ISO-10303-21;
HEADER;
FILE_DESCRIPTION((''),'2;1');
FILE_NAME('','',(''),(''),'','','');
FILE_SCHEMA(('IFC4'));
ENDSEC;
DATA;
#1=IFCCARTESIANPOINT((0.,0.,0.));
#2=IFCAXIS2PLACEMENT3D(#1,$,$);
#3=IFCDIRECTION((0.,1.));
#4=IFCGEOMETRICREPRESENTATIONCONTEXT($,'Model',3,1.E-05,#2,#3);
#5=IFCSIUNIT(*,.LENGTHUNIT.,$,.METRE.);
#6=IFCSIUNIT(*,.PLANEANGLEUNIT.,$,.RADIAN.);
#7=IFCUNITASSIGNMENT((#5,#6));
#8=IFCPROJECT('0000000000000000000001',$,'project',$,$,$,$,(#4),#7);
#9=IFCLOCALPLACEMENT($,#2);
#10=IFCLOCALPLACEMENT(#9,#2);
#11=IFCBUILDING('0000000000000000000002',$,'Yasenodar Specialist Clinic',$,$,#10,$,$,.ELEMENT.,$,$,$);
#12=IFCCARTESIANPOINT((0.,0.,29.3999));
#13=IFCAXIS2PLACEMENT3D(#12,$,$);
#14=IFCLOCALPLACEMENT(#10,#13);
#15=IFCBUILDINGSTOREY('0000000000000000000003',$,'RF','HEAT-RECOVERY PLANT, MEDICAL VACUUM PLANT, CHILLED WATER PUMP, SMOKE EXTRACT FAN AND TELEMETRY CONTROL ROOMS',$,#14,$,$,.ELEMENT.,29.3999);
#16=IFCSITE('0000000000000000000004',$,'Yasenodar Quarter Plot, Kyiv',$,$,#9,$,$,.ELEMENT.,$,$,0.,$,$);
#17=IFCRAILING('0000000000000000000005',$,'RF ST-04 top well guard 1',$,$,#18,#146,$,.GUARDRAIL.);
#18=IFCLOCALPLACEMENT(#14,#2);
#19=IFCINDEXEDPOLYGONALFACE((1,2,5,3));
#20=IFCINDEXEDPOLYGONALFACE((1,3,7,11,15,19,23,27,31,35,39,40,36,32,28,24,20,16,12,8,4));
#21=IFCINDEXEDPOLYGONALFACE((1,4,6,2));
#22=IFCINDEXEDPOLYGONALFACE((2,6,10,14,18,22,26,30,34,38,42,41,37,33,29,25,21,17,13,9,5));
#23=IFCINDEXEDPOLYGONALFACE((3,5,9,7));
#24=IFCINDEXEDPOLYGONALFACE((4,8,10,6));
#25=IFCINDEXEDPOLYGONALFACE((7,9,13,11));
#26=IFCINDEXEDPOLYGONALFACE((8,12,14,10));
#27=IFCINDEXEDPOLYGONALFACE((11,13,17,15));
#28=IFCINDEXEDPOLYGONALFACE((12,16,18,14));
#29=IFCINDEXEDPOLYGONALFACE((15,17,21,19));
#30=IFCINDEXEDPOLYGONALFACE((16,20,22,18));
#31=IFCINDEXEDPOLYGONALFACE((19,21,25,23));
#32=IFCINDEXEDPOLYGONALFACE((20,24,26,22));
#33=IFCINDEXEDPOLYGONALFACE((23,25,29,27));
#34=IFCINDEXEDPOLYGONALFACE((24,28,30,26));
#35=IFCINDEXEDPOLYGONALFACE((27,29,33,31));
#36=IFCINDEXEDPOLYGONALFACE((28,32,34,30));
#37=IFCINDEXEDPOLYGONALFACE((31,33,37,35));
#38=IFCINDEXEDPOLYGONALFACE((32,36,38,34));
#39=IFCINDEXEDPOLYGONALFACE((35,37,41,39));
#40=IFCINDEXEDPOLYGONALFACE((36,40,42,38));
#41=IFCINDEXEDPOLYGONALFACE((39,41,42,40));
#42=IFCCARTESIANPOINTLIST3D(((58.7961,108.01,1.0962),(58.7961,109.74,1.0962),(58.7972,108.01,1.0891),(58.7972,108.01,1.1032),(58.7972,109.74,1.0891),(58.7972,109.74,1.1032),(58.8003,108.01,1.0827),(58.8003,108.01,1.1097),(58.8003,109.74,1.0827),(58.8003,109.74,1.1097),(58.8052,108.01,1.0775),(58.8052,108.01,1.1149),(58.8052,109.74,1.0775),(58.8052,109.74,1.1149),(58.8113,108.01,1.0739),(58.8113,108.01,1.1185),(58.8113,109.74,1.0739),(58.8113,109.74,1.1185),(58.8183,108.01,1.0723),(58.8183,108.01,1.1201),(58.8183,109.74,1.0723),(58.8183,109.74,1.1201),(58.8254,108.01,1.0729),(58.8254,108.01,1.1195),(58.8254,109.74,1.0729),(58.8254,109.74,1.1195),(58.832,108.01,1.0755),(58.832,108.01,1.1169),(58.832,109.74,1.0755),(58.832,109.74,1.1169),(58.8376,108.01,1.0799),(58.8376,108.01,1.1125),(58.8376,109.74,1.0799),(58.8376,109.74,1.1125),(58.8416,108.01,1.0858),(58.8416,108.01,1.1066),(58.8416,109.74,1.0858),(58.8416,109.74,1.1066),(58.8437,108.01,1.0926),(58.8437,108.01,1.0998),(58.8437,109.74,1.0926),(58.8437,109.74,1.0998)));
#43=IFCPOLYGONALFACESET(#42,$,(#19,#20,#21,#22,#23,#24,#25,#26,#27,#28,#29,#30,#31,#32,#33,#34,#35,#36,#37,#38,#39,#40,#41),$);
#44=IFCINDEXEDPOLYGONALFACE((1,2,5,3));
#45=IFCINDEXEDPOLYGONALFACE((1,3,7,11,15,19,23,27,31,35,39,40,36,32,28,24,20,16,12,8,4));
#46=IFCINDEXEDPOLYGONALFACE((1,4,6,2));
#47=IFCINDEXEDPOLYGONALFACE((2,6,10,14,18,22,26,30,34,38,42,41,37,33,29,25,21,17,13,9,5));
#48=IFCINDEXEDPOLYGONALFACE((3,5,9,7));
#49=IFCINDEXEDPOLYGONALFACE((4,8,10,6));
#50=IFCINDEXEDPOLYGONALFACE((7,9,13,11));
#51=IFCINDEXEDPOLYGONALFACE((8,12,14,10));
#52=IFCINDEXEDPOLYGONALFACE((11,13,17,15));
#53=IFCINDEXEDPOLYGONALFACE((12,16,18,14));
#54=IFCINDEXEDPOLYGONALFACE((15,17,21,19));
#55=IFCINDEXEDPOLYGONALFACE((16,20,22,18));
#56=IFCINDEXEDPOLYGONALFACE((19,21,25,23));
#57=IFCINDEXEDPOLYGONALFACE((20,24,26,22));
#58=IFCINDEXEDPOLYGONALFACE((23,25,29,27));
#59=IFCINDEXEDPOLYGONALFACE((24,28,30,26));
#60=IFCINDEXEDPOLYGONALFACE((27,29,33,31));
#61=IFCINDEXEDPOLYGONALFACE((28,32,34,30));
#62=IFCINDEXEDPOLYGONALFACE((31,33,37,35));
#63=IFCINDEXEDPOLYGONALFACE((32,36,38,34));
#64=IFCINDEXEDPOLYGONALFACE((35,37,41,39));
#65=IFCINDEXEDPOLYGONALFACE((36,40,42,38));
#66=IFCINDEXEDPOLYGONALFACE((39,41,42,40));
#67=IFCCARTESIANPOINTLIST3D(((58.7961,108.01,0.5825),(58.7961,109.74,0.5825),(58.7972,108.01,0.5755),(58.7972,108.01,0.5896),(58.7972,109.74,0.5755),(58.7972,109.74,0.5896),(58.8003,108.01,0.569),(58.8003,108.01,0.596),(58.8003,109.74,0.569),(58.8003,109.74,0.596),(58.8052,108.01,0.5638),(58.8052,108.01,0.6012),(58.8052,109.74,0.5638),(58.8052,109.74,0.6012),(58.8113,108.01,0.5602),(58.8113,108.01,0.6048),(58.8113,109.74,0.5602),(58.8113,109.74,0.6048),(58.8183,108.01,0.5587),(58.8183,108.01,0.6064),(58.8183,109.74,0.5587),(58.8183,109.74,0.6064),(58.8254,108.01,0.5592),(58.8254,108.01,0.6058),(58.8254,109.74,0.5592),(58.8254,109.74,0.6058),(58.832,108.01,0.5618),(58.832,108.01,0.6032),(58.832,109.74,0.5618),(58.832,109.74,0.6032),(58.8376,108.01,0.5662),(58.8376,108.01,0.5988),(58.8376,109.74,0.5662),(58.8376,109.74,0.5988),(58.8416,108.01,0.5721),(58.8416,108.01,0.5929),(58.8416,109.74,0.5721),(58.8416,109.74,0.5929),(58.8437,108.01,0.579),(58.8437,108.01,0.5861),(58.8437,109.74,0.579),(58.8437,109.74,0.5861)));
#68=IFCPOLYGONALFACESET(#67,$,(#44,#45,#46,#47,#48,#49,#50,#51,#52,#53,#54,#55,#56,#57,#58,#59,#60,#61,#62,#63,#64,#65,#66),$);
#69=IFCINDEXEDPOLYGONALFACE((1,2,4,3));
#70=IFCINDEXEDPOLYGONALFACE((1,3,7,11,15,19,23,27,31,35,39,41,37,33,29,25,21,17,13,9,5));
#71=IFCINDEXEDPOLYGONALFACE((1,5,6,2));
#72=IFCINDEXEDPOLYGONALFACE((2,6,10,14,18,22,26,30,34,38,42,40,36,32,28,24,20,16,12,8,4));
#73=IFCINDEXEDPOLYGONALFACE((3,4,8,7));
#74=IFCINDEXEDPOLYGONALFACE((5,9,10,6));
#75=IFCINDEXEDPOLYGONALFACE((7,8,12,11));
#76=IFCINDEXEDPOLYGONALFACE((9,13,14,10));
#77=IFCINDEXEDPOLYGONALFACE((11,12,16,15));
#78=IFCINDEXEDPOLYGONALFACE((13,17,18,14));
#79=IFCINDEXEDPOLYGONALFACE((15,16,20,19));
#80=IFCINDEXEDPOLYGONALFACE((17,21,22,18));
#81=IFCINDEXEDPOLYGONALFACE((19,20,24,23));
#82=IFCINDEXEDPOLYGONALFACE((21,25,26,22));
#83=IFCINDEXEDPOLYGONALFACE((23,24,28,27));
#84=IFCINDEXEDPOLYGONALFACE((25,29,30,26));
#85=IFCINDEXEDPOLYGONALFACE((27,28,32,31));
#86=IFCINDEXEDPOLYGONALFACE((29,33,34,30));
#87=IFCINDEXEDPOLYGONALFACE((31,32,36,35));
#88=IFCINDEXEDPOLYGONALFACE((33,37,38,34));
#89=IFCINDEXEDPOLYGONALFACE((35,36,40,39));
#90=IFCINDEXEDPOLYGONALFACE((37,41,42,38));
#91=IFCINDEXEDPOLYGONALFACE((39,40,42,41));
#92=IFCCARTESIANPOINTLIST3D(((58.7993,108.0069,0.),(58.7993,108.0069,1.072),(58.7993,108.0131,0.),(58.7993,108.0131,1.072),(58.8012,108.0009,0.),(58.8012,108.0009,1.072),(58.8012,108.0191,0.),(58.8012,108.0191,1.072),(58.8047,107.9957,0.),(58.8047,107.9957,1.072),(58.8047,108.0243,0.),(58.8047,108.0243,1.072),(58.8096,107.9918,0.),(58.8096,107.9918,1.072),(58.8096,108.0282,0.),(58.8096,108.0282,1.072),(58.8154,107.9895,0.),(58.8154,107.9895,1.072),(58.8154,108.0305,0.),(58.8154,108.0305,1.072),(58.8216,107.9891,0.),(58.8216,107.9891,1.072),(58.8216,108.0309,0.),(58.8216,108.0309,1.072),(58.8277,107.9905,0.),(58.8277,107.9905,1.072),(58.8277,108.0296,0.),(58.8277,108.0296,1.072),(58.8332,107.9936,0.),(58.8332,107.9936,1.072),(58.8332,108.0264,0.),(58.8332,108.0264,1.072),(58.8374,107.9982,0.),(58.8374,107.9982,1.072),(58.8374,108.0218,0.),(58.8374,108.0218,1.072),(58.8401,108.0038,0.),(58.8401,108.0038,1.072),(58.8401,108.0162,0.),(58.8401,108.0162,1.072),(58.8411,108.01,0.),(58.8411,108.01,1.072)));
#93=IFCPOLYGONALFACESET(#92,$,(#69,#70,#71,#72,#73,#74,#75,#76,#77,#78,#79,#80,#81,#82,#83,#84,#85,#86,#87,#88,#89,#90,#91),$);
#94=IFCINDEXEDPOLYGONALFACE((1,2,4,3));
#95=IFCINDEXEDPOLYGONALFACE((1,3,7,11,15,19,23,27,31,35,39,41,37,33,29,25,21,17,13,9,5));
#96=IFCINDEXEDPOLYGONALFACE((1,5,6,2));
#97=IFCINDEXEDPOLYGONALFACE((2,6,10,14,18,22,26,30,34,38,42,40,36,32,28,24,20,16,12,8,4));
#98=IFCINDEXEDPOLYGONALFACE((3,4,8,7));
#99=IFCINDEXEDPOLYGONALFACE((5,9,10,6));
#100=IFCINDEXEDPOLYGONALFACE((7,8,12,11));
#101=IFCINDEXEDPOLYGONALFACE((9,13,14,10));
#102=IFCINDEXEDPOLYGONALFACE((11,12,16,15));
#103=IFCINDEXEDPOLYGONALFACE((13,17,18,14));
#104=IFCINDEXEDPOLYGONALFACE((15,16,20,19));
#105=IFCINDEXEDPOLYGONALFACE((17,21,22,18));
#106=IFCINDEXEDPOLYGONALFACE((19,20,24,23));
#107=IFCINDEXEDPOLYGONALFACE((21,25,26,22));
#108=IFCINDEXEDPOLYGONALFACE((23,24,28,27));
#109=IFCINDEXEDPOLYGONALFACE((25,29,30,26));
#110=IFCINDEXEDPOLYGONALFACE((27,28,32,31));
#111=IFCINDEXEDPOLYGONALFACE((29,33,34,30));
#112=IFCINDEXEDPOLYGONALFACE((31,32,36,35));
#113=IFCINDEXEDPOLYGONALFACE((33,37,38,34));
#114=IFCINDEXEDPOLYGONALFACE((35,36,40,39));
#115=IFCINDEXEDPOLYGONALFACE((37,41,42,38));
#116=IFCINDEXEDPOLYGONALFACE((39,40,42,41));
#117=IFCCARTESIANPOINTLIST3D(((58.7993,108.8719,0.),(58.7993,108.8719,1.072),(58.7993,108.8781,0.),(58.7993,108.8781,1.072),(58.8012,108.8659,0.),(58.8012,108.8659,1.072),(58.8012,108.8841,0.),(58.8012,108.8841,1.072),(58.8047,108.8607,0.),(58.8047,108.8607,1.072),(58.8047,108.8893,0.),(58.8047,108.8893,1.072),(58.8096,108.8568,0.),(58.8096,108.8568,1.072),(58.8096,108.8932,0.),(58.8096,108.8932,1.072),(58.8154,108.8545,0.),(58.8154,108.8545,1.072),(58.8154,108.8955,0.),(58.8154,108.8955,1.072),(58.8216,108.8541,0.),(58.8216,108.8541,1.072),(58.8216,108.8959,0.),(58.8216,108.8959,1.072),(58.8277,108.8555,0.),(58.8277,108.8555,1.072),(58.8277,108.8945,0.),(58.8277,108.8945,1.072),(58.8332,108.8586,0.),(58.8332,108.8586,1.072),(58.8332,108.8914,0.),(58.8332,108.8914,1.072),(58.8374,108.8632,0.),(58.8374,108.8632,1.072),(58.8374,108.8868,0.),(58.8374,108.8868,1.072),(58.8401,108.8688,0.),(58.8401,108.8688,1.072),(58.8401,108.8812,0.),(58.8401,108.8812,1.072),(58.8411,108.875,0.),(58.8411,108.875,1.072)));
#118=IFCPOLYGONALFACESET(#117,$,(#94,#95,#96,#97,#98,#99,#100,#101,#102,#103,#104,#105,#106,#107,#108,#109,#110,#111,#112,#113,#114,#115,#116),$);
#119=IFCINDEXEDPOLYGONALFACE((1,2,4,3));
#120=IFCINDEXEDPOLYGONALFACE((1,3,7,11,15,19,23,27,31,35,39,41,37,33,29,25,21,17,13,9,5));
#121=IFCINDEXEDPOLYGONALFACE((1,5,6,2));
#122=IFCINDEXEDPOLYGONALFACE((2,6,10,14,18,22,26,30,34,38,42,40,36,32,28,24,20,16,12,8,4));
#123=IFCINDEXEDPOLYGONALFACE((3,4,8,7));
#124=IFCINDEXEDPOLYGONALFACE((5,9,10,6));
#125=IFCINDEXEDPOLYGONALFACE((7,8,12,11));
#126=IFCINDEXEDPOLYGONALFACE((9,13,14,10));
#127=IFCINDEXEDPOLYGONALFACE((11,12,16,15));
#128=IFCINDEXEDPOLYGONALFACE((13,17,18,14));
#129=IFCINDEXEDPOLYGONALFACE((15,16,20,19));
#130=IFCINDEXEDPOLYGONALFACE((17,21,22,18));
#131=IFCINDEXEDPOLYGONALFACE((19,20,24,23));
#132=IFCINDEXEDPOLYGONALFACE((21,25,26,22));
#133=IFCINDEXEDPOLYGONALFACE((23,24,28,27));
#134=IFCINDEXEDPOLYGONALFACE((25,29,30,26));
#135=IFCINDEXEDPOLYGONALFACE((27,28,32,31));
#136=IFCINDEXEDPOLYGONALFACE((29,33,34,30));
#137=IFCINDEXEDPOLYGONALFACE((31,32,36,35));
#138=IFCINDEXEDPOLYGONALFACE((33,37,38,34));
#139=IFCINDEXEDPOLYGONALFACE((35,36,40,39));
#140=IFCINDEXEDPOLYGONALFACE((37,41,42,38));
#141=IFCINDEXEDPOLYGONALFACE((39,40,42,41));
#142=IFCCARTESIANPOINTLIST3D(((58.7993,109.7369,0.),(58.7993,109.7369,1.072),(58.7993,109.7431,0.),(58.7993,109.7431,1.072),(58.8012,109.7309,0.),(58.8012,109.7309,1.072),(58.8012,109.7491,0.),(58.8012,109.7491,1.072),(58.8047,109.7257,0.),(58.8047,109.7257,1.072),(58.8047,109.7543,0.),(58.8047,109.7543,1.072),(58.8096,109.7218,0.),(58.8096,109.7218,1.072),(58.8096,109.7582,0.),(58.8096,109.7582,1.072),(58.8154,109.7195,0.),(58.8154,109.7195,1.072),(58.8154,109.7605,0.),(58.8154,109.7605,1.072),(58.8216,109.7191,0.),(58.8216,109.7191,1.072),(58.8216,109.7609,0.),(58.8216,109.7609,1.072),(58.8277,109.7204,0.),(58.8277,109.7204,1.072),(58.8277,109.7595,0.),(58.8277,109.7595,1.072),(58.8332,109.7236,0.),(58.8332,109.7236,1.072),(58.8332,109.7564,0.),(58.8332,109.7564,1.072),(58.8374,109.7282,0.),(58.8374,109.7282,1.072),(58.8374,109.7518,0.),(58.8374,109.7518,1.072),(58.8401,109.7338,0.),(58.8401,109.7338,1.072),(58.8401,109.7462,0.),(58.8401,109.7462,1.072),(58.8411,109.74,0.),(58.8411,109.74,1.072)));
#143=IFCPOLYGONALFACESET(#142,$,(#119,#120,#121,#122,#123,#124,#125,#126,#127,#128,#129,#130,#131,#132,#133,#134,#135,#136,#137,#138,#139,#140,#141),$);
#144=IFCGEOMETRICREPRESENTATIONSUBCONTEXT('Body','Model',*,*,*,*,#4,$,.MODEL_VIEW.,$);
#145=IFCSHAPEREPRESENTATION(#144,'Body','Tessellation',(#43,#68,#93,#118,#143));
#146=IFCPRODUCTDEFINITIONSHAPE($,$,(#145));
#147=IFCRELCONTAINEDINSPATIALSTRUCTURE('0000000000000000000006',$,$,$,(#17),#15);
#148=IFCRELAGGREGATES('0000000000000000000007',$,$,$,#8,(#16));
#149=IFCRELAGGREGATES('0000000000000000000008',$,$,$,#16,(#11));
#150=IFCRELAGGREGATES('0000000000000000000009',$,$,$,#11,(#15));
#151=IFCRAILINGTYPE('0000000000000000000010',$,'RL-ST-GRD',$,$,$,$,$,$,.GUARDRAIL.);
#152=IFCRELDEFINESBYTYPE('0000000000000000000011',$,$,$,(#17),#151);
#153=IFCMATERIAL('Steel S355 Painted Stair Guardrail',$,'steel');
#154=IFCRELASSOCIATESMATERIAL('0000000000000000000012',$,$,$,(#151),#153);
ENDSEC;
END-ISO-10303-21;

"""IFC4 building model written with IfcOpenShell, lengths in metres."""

from ifc_helpers import new_model, si_unit, direction, frame, origin, origin_2d, place, context, subcontext, project, spatial, circle, extrude, material, type_object, element, save


model = new_model("IFC4")

# Units and contexts
model_context = context("Model", 3, precision=1e-05, world=origin(), true_north=direction((0.0, 1.0)))
body_context = subcontext(model_context, "Body", "Model", "MODEL_VIEW")
ifc_project = project(units=[si_unit("LENGTHUNIT", "METRE"), si_unit("PLANEANGLEUNIT", "RADIAN")], contexts=[model_context])

# Site, building, storey
site_placement = place(None, origin())
site = spatial("IfcSite", under=ifc_project, at=site_placement, Name="Yasenodar Quarter Plot, Kyiv", CompositionType="ELEMENT", RefElevation=0.0)
building_placement = place(site_placement, origin())
building = spatial("IfcBuilding", under=site, at=building_placement, Name="Yasenodar Specialist Clinic", CompositionType="ELEMENT")
storey_placement = place(building_placement, frame((0.0, 0.0, 29.3999)))
storey = spatial("IfcBuildingStorey", under=building, at=storey_placement, Name="RF", Description="HEAT-RECOVERY PLANT, MEDICAL VACUUM PLANT, CHILLED WATER PUMP, SMOKE EXTRACT FAN AND TELEMETRY CONTROL ROOMS", CompositionType="ELEMENT", Elevation=29.3999)

# Railing
ifc_material_1 = material(Name="Steel S355 Painted Stair Guardrail", Category="steel")
railing_type_1 = type_object("IfcRailingType", Name="RL-ST-GRD", PredefinedType="GUARDRAIL", material=ifc_material_1)
railing_1_placement = place(storey_placement, frame((58.8201, 108.01, 0.0)))
element("IfcRailing", 1, at=railing_1_placement, inside=storey, type_object=railing_type_1, Name="RF ST-04 top well guard 1", PredefinedType="GUARDRAIL", context=body_context, shape_type="SweptSolid", body=[
    extrude(circle(Radius=0.0239, at=origin_2d()), frame((0.0, 0.0, 1.0962), z_axis=(0.0, 1.0, 0.0), x_axis=(-1.0, 0.0, 0.0)), (0.0, 0.0, 1.0), 1.73),
    extrude(circle(Radius=0.0239, at=origin_2d()), frame((0.0, 0.0, 0.5825), z_axis=(0.0, 1.0, 0.0), x_axis=(-1.0, 0.0, 0.0)), (0.0, 0.0, 1.0), 1.73),
    extrude(circle(Radius=0.021, at=origin_2d()), origin(), (0.0, 0.0, 1.0), 1.072),
    extrude(circle(Radius=0.021, at=origin_2d()), frame((0.0, 0.865, 0.0)), (0.0, 0.0, 1.0), 1.072),
    extrude(circle(Radius=0.021, at=origin_2d()), frame((0.0, 1.73, 0.0)), (0.0, 0.0, 1.0), 1.072),
])

save(model, "model.ifc")
